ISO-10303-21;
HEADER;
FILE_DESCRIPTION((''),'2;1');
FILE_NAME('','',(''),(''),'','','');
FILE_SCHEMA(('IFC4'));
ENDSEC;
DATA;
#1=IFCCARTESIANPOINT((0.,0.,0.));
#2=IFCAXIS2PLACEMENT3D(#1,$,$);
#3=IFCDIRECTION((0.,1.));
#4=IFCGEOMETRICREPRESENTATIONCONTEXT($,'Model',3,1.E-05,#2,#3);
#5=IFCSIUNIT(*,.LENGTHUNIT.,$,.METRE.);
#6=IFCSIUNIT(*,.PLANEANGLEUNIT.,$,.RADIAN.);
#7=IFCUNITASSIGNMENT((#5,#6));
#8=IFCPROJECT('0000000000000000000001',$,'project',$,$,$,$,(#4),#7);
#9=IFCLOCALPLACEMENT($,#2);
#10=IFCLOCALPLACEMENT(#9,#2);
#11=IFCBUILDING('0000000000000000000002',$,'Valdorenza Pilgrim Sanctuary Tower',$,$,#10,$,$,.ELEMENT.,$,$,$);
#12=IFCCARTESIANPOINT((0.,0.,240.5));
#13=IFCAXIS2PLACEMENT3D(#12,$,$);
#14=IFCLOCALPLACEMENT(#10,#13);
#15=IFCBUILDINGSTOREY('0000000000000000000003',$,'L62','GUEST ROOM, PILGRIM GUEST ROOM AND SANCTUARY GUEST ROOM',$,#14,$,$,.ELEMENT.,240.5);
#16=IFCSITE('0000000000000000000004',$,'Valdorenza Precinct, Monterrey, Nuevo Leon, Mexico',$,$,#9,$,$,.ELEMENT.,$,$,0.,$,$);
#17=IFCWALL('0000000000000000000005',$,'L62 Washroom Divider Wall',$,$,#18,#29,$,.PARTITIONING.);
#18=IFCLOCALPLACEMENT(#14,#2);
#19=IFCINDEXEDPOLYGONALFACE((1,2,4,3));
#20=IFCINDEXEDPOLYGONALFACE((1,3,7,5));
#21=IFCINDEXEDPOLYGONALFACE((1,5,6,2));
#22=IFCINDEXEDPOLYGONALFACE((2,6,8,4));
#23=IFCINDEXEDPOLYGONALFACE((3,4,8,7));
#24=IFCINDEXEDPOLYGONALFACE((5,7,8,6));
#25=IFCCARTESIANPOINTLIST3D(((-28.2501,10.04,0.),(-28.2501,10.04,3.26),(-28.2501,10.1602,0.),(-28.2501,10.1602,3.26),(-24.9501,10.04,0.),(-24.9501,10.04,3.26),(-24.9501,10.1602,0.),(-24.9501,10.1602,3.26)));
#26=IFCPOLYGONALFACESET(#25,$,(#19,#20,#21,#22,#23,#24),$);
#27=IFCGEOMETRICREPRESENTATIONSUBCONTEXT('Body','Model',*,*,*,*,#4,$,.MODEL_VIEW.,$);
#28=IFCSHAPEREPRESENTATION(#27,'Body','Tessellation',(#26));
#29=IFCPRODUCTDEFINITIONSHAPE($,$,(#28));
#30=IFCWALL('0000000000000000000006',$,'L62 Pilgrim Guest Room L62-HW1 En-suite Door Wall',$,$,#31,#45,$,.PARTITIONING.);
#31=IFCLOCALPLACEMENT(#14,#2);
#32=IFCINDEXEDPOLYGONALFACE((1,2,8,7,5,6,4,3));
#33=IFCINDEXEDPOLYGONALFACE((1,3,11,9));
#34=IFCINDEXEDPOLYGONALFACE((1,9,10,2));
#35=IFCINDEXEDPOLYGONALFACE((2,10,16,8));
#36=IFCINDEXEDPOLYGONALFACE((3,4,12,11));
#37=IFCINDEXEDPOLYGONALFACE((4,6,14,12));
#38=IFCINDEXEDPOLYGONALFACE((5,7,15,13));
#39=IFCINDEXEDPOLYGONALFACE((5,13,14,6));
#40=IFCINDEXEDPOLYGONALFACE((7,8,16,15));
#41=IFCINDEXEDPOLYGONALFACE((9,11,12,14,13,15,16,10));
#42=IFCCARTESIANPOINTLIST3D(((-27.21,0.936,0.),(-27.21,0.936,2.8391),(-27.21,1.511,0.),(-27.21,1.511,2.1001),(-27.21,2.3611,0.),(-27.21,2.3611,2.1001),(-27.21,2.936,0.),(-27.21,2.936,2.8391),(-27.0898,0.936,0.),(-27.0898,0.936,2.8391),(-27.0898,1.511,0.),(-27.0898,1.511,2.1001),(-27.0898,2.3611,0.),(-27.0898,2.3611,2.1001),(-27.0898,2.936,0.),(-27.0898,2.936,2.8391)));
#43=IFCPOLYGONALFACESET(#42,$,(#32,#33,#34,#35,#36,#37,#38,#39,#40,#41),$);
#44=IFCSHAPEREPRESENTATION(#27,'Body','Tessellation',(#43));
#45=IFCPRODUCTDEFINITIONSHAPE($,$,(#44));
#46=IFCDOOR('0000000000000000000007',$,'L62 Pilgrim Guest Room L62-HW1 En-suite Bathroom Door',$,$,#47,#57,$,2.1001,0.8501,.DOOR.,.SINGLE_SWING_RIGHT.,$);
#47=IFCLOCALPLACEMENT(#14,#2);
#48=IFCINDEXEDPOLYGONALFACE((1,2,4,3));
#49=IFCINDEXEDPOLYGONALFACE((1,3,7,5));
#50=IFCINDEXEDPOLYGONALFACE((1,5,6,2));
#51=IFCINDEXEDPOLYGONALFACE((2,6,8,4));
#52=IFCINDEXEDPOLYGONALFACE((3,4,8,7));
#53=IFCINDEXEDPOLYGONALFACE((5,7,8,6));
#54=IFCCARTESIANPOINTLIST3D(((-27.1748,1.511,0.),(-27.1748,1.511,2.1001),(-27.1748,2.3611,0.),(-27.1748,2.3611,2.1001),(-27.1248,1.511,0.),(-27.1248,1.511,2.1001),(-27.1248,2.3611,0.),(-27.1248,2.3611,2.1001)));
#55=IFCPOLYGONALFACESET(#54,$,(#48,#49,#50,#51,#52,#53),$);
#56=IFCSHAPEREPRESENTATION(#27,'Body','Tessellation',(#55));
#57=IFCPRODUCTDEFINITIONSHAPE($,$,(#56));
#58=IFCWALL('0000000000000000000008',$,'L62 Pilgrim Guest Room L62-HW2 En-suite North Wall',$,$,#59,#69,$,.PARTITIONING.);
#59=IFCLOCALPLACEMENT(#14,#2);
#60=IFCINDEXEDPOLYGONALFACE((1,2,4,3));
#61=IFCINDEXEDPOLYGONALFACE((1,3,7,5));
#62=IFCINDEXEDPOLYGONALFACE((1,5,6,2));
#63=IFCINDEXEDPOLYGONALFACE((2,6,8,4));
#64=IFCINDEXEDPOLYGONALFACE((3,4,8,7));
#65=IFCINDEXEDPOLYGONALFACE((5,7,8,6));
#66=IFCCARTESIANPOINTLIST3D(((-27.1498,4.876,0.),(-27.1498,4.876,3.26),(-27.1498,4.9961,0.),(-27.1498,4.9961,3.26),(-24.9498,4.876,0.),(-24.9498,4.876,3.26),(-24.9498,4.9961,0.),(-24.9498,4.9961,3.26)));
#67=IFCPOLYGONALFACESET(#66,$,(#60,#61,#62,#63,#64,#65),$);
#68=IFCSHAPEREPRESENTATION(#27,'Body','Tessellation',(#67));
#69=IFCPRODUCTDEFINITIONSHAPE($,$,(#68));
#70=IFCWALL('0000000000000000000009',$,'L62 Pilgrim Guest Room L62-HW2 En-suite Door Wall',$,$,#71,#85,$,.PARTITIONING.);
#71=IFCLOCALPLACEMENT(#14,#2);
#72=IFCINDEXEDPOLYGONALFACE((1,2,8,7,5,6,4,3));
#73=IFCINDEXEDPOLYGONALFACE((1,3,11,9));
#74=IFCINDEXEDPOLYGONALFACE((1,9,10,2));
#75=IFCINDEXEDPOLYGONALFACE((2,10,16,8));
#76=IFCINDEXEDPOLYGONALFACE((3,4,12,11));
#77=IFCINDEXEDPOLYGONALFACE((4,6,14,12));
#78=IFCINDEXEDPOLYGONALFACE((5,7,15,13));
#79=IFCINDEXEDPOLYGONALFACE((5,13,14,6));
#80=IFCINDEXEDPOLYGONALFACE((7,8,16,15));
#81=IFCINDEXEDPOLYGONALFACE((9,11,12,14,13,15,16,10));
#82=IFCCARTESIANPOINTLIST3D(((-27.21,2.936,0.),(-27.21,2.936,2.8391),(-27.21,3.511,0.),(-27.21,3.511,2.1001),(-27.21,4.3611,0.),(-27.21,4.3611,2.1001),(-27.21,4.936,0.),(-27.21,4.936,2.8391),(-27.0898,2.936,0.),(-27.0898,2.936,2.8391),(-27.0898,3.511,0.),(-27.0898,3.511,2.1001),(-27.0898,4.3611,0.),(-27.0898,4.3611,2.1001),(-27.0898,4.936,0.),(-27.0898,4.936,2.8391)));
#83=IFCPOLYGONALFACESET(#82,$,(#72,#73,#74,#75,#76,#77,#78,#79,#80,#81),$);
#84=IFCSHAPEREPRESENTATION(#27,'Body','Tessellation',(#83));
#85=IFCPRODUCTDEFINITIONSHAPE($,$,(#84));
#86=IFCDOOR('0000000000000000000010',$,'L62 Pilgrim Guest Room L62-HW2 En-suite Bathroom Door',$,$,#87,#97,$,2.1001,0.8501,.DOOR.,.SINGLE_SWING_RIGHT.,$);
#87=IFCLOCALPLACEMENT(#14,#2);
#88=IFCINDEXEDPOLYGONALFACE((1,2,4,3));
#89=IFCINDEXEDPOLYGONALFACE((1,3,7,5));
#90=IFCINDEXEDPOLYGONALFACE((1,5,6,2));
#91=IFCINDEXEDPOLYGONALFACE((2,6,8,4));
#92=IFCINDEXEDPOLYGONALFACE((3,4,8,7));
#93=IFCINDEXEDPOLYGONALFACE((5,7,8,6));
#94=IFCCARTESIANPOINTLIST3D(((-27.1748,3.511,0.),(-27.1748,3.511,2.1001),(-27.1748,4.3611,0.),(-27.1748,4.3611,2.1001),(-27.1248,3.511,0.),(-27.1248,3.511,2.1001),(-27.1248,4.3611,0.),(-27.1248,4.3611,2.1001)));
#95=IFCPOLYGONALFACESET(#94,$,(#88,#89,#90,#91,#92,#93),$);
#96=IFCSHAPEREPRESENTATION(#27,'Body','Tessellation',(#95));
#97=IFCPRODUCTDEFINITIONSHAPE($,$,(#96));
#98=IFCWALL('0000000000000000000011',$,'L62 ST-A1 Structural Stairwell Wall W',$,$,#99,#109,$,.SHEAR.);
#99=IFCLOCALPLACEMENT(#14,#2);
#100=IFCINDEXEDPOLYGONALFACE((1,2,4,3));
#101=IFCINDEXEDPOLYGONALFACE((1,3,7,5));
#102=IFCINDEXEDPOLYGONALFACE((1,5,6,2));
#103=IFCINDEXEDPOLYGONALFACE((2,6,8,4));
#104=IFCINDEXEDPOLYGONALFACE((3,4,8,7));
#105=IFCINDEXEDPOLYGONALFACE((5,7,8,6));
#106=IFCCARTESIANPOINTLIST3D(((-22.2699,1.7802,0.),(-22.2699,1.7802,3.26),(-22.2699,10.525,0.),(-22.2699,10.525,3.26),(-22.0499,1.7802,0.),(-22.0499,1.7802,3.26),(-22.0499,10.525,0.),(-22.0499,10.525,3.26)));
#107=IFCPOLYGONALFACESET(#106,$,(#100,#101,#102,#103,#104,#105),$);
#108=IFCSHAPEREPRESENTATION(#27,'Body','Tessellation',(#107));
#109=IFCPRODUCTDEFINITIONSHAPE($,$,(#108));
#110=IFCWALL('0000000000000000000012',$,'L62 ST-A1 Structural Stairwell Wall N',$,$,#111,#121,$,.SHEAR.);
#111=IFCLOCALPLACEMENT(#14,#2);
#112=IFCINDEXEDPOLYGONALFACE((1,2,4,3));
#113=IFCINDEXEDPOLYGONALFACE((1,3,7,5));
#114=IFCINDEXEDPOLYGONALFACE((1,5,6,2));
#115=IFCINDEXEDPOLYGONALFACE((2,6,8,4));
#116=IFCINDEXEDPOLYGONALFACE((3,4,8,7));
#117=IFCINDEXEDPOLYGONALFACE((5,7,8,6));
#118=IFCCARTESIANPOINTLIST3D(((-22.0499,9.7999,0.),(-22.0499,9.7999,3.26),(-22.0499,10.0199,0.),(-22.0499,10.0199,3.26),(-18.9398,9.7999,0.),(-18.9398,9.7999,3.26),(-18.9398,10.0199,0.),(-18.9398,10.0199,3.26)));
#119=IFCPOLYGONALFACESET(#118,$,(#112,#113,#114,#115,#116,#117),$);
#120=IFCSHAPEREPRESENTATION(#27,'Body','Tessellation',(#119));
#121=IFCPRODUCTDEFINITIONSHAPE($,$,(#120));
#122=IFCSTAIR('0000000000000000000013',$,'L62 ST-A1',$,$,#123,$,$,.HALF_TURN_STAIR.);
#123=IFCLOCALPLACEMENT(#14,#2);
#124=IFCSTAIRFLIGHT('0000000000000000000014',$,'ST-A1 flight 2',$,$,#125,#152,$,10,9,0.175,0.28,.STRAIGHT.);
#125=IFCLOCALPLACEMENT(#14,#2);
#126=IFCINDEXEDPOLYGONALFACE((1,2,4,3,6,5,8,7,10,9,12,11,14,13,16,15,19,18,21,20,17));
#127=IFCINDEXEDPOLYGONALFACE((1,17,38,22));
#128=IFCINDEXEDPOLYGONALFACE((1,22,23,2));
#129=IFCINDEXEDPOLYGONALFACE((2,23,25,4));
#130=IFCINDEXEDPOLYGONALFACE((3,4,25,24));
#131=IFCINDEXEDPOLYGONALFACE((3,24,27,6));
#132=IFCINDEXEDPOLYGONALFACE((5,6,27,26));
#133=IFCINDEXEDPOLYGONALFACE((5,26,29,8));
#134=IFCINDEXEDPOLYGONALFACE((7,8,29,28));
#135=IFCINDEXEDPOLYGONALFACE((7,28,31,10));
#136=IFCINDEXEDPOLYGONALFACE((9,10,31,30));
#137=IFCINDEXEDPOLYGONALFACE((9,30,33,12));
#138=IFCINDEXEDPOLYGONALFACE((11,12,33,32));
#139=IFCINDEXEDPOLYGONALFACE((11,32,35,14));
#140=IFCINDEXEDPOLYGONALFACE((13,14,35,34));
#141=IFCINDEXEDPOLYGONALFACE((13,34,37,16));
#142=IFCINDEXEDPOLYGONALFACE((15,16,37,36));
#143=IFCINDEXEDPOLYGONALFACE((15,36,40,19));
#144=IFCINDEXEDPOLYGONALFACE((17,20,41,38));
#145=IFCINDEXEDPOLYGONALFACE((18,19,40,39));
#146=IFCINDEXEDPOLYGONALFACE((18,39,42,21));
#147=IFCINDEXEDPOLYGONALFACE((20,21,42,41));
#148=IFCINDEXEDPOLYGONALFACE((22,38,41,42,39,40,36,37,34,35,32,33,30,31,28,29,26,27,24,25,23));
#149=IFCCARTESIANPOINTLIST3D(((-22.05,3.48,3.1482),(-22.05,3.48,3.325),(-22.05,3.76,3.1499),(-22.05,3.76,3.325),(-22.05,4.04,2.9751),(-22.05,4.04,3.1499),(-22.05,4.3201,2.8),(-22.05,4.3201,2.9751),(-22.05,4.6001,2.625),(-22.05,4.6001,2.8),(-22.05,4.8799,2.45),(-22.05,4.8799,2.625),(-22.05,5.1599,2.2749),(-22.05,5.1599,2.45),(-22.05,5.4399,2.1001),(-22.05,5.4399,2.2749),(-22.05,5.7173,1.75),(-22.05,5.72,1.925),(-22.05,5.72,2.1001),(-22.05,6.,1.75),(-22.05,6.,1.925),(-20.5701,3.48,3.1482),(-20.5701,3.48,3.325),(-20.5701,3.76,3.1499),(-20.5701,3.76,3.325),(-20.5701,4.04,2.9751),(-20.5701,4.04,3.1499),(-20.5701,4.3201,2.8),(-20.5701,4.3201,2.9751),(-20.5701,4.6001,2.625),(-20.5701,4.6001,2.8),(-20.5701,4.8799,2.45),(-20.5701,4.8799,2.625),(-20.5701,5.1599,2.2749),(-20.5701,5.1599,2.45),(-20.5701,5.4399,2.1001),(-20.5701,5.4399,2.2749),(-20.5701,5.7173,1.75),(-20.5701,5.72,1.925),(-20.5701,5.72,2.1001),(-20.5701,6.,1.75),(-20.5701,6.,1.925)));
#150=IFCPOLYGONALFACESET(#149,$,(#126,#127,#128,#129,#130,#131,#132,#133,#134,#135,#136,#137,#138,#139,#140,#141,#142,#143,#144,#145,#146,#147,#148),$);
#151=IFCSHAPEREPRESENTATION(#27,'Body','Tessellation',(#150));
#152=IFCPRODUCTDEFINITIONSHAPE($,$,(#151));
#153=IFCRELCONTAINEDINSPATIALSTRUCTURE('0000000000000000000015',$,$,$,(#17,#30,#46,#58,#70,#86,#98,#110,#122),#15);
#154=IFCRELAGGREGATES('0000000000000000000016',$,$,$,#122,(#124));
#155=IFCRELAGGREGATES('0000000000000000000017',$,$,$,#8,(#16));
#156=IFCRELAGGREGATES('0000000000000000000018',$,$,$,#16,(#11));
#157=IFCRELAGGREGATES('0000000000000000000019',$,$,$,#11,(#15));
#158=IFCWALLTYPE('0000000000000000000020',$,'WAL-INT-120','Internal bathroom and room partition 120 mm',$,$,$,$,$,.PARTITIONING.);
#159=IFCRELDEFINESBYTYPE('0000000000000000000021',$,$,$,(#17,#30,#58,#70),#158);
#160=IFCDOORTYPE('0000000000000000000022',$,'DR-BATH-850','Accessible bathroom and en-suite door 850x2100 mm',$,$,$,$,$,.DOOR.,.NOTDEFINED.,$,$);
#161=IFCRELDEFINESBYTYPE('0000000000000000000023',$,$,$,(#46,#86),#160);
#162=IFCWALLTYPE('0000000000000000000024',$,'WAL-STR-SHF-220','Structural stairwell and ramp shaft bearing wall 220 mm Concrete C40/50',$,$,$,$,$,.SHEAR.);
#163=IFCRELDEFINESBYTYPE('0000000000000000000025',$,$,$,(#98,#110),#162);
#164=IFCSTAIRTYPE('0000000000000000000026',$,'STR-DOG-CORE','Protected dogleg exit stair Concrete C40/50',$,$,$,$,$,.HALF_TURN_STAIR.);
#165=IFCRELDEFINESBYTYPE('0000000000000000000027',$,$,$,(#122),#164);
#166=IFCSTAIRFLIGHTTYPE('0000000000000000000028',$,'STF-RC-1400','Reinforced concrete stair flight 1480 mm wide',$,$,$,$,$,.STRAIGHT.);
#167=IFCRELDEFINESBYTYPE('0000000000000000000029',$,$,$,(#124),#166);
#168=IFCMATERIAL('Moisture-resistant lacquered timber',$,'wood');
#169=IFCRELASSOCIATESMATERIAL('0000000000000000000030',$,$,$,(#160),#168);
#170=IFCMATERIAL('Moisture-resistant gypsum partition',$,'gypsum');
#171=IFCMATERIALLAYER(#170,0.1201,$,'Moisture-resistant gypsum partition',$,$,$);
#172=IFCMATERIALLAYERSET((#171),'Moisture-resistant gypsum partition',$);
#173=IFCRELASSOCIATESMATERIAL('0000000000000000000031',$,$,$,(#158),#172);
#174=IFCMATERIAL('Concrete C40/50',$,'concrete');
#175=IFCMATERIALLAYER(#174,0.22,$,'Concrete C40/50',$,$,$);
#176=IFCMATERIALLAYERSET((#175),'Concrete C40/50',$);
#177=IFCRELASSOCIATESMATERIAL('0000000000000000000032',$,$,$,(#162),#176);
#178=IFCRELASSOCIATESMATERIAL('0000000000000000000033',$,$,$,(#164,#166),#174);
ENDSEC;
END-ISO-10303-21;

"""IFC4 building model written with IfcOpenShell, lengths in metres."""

from ifc_helpers import new_model, si_unit, direction, frame, frame_2d, origin, place, context, subcontext, project, spatial, polyline, rectangle, outline, extrude, material, layer, layer_set, type_object, element, fill, aggregate, save


model = new_model("IFC4")

# Units and contexts
model_context = context("Model", 3, precision=1e-05, world=origin(), true_north=direction((0.0, 1.0)))
body_context = subcontext(model_context, "Body", "Model", "MODEL_VIEW")
ifc_project = project(units=[si_unit("LENGTHUNIT", "METRE"), si_unit("PLANEANGLEUNIT", "RADIAN")], contexts=[model_context])

# Site, building, storey
site_placement = place(None, origin())
site = spatial("IfcSite", under=ifc_project, at=site_placement, Name="Valdorenza Precinct, Monterrey, Nuevo Leon, Mexico", CompositionType="ELEMENT", RefElevation=0.0)
building_placement = place(site_placement, origin())
building = spatial("IfcBuilding", under=site, at=building_placement, Name="Valdorenza Pilgrim Sanctuary Tower", CompositionType="ELEMENT")
storey_placement = place(building_placement, frame((0.0, 0.0, 240.5)))
storey = spatial("IfcBuildingStorey", under=building, at=storey_placement, Name="L62", Description="GUEST ROOM, PILGRIM GUEST ROOM AND SANCTUARY GUEST ROOM", CompositionType="ELEMENT", Elevation=240.5)

# Shared definitions
ifc_material_1 = material(Name="Moisture-resistant lacquered timber", Category="wood")
door_type_1 = type_object("IfcDoorType", Name="DR-BATH-850", Description="Accessible bathroom and en-suite door 850x2100 mm", OperationType="NOTDEFINED", PredefinedType="DOOR", material=ifc_material_1)

# Wall
ifc_material_2 = material(Name="Moisture-resistant gypsum partition", Category="gypsum")
ifc_layer_1 = layer(ifc_material_2, 0.1201, Name="Moisture-resistant gypsum partition")
ifc_layer_set_1 = layer_set([ifc_layer_1], Name="Moisture-resistant gypsum partition")
wall_type_1 = type_object("IfcWallType", Name="WAL-INT-120", Description="Internal bathroom and room partition 120 mm", PredefinedType="PARTITIONING", material=ifc_layer_set_1)
wall_1_placement = place(storey_placement, frame((-28.25, 10.1001, 0.0), z_axis=(0.0, 0.0, 1.0), x_axis=(1.0, 0.0, 0.0)))
element("IfcWall", 1, at=wall_1_placement, inside=storey, type_object=wall_type_1, Name="L62 Washroom Divider Wall", PredefinedType="PARTITIONING", context=body_context, shape_type="SweptSolid", body=[
    extrude(rectangle(XDim=3.3, YDim=0.1201, at=frame_2d((1.6499, 0.0))), origin(), (0.0, 0.0, 1.0), 3.26),
])

# Wall, opening, door
wall_2_placement = place(storey_placement, frame((-27.1499, 0.936, 0.0), z_axis=(0.0, 0.0, 1.0), x_axis=(0.0, 1.0, 0.0)))
wall_2 = element("IfcWall", 2, at=wall_2_placement, inside=storey, type_object=wall_type_1, Name="L62 Pilgrim Guest Room L62-HW1 En-suite Door Wall", PredefinedType="PARTITIONING", context=body_context, shape_type="SweptSolid", body=[
    extrude(rectangle(XDim=2.0, YDim=0.1201, at=frame_2d((1.0, 0.0))), origin(), (0.0, 0.0, 1.0), 2.8391),
])
opening_1_placement = place(wall_2_placement, frame((0.575, 0.0, 0.0)))
opening_1 = element("IfcOpeningElement", 3, at=opening_1_placement, cuts=wall_2, PredefinedType="OPENING", context=body_context, shape_type="SweptSolid", body=[
    extrude(rectangle(XDim=0.8501, YDim=2.1001, at=frame_2d((0.425, 1.05))), frame((0.0, 0.075, 0.0), z_axis=(0.0, -1.0, 0.0), x_axis=(1.0, 0.0, 0.0)), (0.0, 0.0, 1.0), 0.1499),
])
door_1_placement = place(opening_1_placement, origin())
door_1 = element("IfcDoor", 4, at=door_1_placement, inside=storey, type_object=door_type_1, Name="L62 Pilgrim Guest Room L62-HW1 En-suite Bathroom Door", OperationType="SINGLE_SWING_RIGHT", OverallHeight=2.1001, OverallWidth=0.8501, PredefinedType="DOOR", context=body_context, shape_type="SweptSolid", body=[
    extrude(rectangle(XDim=0.8501, YDim=2.1001, at=frame_2d((0.425, 1.05))), frame((0.0, 0.0249, 0.0), z_axis=(0.0, -1.0, 0.0), x_axis=(1.0, 0.0, 0.0)), (0.0, 0.0, 1.0), 0.05),
])
fill(opening_1, door_1)

# Wall
wall_3_placement = place(storey_placement, frame((-27.1499, 4.936, 0.0), z_axis=(0.0, 0.0, 1.0), x_axis=(1.0, 0.0, 0.0)))
element("IfcWall", 5, at=wall_3_placement, inside=storey, type_object=wall_type_1, Name="L62 Pilgrim Guest Room L62-HW2 En-suite North Wall", PredefinedType="PARTITIONING", context=body_context, shape_type="SweptSolid", body=[
    extrude(rectangle(XDim=2.2, YDim=0.1201, at=frame_2d((1.1001, 0.0))), origin(), (0.0, 0.0, 1.0), 3.26),
])

# Wall, opening, door
wall_4_placement = place(storey_placement, frame((-27.1499, 2.936, 0.0), z_axis=(0.0, 0.0, 1.0), x_axis=(0.0, 1.0, 0.0)))
wall_4 = element("IfcWall", 6, at=wall_4_placement, inside=storey, type_object=wall_type_1, Name="L62 Pilgrim Guest Room L62-HW2 En-suite Door Wall", PredefinedType="PARTITIONING", context=body_context, shape_type="SweptSolid", body=[
    extrude(rectangle(XDim=2.0, YDim=0.1201, at=frame_2d((1.0, 0.0))), origin(), (0.0, 0.0, 1.0), 2.8391),
])
opening_2_placement = place(wall_4_placement, frame((0.575, 0.0, 0.0)))
opening_2 = element("IfcOpeningElement", 7, at=opening_2_placement, cuts=wall_4, PredefinedType="OPENING", context=body_context, shape_type="SweptSolid", body=[
    extrude(rectangle(XDim=0.8501, YDim=2.1001, at=frame_2d((0.425, 1.05))), frame((0.0, 0.075, 0.0), z_axis=(0.0, -1.0, 0.0), x_axis=(1.0, 0.0, 0.0)), (0.0, 0.0, 1.0), 0.1499),
])
door_2_placement = place(opening_2_placement, origin())
door_2 = element("IfcDoor", 8, at=door_2_placement, inside=storey, type_object=door_type_1, Name="L62 Pilgrim Guest Room L62-HW2 En-suite Bathroom Door", OperationType="SINGLE_SWING_RIGHT", OverallHeight=2.1001, OverallWidth=0.8501, PredefinedType="DOOR", context=body_context, shape_type="SweptSolid", body=[
    extrude(rectangle(XDim=0.8501, YDim=2.1001, at=frame_2d((0.425, 1.05))), frame((0.0, 0.0249, 0.0), z_axis=(0.0, -1.0, 0.0), x_axis=(1.0, 0.0, 0.0)), (0.0, 0.0, 1.0), 0.05),
])
fill(opening_2, door_2)

# Wall
ifc_material_3 = material(Name="Concrete C40/50", Category="concrete")
ifc_layer_2 = layer(ifc_material_3, 0.22, Name="Concrete C40/50")
ifc_layer_set_2 = layer_set([ifc_layer_2], Name="Concrete C40/50")
wall_type_2 = type_object("IfcWallType", Name="WAL-STR-SHF-220", Description="Structural stairwell and ramp shaft bearing wall 220 mm Concrete C40/50", PredefinedType="SHEAR", material=ifc_layer_set_2)
wall_5_placement = place(storey_placement, frame((-22.1599, 1.78, 0.0), z_axis=(0.0, 0.0, 1.0), x_axis=(0.0, 1.0, 0.0)))
element("IfcWall", 9, at=wall_5_placement, inside=storey, type_object=wall_type_2, Name="L62 ST-A1 Structural Stairwell Wall W", PredefinedType="SHEAR", context=body_context, shape_type="SweptSolid", body=[
    extrude(rectangle(XDim=8.7449, YDim=0.22, at=frame_2d((4.3726, 0.0))), origin(), (0.0, 0.0, 1.0), 3.26),
])

# Wall
wall_6_placement = place(storey_placement, frame((-22.05, 9.9099, 0.0), z_axis=(0.0, 0.0, 1.0), x_axis=(1.0, 0.0, 0.0)))
element("IfcWall", 10, at=wall_6_placement, inside=storey, type_object=wall_type_2, Name="L62 ST-A1 Structural Stairwell Wall N", PredefinedType="SHEAR", context=body_context, shape_type="SweptSolid", body=[
    extrude(rectangle(XDim=3.1101, YDim=0.22, at=frame_2d((1.5552, 0.0))), origin(), (0.0, 0.0, 1.0), 3.26),
])

# Stair, stair flight
stair_type = type_object("IfcStairType", Name="STR-DOG-CORE", Description="Protected dogleg exit stair Concrete C40/50", PredefinedType="HALF_TURN_STAIR", material=ifc_material_3)
stair_placement = place(storey_placement, origin())
stair = element("IfcStair", 11, at=stair_placement, inside=storey, type_object=stair_type, Name="L62 ST-A1", PredefinedType="HALF_TURN_STAIR")
stair_flight_type = type_object("IfcStairFlightType", Name="STF-RC-1400", Description="Reinforced concrete stair flight 1480 mm wide", PredefinedType="STRAIGHT", material=ifc_material_3)
stair_flight_placement = place(storey_placement, frame((-21.3101, 6.0, 1.75), z_axis=(0.0, 0.0, 1.0), x_axis=(0.0, -1.0, 0.0)))
stair_flight = element("IfcStairFlight", 12, at=stair_flight_placement, type_object=stair_flight_type, Name="ST-A1 flight 2", NumberOfRisers=10, NumberOfTreads=9, PredefinedType="STRAIGHT", RiserHeight=0.175, TreadLength=0.28, context=body_context, shape_type="SweptSolid", body=[
    extrude(outline(polyline([(0.0, 0.0), (0.0, 0.175), (0.28, 0.175), (0.28, 0.3501), (0.5601, 0.3501), (0.5601, 0.5249), (0.8401, 0.5249), (0.8401, 0.7), (1.1201, 0.7), (1.1201, 0.875), (1.3999, 0.875), (1.3999, 1.05), (1.6799, 1.05), (1.6799, 1.2251), (1.96, 1.2251), (1.96, 1.3999), (2.24, 1.3999), (2.24, 1.575), (2.52, 1.575), (2.52, 1.75), (2.52, 1.3982), (0.2827, 0.0), (0.0, 0.0)])), frame((0.0, 0.74, 0.0), z_axis=(0.0, -1.0, 0.0), x_axis=(1.0, 0.0, 0.0)), (0.0, 0.0, 1.0), 1.48),
])
aggregate(stair, [stair_flight])

save(model, "model.ifc")
